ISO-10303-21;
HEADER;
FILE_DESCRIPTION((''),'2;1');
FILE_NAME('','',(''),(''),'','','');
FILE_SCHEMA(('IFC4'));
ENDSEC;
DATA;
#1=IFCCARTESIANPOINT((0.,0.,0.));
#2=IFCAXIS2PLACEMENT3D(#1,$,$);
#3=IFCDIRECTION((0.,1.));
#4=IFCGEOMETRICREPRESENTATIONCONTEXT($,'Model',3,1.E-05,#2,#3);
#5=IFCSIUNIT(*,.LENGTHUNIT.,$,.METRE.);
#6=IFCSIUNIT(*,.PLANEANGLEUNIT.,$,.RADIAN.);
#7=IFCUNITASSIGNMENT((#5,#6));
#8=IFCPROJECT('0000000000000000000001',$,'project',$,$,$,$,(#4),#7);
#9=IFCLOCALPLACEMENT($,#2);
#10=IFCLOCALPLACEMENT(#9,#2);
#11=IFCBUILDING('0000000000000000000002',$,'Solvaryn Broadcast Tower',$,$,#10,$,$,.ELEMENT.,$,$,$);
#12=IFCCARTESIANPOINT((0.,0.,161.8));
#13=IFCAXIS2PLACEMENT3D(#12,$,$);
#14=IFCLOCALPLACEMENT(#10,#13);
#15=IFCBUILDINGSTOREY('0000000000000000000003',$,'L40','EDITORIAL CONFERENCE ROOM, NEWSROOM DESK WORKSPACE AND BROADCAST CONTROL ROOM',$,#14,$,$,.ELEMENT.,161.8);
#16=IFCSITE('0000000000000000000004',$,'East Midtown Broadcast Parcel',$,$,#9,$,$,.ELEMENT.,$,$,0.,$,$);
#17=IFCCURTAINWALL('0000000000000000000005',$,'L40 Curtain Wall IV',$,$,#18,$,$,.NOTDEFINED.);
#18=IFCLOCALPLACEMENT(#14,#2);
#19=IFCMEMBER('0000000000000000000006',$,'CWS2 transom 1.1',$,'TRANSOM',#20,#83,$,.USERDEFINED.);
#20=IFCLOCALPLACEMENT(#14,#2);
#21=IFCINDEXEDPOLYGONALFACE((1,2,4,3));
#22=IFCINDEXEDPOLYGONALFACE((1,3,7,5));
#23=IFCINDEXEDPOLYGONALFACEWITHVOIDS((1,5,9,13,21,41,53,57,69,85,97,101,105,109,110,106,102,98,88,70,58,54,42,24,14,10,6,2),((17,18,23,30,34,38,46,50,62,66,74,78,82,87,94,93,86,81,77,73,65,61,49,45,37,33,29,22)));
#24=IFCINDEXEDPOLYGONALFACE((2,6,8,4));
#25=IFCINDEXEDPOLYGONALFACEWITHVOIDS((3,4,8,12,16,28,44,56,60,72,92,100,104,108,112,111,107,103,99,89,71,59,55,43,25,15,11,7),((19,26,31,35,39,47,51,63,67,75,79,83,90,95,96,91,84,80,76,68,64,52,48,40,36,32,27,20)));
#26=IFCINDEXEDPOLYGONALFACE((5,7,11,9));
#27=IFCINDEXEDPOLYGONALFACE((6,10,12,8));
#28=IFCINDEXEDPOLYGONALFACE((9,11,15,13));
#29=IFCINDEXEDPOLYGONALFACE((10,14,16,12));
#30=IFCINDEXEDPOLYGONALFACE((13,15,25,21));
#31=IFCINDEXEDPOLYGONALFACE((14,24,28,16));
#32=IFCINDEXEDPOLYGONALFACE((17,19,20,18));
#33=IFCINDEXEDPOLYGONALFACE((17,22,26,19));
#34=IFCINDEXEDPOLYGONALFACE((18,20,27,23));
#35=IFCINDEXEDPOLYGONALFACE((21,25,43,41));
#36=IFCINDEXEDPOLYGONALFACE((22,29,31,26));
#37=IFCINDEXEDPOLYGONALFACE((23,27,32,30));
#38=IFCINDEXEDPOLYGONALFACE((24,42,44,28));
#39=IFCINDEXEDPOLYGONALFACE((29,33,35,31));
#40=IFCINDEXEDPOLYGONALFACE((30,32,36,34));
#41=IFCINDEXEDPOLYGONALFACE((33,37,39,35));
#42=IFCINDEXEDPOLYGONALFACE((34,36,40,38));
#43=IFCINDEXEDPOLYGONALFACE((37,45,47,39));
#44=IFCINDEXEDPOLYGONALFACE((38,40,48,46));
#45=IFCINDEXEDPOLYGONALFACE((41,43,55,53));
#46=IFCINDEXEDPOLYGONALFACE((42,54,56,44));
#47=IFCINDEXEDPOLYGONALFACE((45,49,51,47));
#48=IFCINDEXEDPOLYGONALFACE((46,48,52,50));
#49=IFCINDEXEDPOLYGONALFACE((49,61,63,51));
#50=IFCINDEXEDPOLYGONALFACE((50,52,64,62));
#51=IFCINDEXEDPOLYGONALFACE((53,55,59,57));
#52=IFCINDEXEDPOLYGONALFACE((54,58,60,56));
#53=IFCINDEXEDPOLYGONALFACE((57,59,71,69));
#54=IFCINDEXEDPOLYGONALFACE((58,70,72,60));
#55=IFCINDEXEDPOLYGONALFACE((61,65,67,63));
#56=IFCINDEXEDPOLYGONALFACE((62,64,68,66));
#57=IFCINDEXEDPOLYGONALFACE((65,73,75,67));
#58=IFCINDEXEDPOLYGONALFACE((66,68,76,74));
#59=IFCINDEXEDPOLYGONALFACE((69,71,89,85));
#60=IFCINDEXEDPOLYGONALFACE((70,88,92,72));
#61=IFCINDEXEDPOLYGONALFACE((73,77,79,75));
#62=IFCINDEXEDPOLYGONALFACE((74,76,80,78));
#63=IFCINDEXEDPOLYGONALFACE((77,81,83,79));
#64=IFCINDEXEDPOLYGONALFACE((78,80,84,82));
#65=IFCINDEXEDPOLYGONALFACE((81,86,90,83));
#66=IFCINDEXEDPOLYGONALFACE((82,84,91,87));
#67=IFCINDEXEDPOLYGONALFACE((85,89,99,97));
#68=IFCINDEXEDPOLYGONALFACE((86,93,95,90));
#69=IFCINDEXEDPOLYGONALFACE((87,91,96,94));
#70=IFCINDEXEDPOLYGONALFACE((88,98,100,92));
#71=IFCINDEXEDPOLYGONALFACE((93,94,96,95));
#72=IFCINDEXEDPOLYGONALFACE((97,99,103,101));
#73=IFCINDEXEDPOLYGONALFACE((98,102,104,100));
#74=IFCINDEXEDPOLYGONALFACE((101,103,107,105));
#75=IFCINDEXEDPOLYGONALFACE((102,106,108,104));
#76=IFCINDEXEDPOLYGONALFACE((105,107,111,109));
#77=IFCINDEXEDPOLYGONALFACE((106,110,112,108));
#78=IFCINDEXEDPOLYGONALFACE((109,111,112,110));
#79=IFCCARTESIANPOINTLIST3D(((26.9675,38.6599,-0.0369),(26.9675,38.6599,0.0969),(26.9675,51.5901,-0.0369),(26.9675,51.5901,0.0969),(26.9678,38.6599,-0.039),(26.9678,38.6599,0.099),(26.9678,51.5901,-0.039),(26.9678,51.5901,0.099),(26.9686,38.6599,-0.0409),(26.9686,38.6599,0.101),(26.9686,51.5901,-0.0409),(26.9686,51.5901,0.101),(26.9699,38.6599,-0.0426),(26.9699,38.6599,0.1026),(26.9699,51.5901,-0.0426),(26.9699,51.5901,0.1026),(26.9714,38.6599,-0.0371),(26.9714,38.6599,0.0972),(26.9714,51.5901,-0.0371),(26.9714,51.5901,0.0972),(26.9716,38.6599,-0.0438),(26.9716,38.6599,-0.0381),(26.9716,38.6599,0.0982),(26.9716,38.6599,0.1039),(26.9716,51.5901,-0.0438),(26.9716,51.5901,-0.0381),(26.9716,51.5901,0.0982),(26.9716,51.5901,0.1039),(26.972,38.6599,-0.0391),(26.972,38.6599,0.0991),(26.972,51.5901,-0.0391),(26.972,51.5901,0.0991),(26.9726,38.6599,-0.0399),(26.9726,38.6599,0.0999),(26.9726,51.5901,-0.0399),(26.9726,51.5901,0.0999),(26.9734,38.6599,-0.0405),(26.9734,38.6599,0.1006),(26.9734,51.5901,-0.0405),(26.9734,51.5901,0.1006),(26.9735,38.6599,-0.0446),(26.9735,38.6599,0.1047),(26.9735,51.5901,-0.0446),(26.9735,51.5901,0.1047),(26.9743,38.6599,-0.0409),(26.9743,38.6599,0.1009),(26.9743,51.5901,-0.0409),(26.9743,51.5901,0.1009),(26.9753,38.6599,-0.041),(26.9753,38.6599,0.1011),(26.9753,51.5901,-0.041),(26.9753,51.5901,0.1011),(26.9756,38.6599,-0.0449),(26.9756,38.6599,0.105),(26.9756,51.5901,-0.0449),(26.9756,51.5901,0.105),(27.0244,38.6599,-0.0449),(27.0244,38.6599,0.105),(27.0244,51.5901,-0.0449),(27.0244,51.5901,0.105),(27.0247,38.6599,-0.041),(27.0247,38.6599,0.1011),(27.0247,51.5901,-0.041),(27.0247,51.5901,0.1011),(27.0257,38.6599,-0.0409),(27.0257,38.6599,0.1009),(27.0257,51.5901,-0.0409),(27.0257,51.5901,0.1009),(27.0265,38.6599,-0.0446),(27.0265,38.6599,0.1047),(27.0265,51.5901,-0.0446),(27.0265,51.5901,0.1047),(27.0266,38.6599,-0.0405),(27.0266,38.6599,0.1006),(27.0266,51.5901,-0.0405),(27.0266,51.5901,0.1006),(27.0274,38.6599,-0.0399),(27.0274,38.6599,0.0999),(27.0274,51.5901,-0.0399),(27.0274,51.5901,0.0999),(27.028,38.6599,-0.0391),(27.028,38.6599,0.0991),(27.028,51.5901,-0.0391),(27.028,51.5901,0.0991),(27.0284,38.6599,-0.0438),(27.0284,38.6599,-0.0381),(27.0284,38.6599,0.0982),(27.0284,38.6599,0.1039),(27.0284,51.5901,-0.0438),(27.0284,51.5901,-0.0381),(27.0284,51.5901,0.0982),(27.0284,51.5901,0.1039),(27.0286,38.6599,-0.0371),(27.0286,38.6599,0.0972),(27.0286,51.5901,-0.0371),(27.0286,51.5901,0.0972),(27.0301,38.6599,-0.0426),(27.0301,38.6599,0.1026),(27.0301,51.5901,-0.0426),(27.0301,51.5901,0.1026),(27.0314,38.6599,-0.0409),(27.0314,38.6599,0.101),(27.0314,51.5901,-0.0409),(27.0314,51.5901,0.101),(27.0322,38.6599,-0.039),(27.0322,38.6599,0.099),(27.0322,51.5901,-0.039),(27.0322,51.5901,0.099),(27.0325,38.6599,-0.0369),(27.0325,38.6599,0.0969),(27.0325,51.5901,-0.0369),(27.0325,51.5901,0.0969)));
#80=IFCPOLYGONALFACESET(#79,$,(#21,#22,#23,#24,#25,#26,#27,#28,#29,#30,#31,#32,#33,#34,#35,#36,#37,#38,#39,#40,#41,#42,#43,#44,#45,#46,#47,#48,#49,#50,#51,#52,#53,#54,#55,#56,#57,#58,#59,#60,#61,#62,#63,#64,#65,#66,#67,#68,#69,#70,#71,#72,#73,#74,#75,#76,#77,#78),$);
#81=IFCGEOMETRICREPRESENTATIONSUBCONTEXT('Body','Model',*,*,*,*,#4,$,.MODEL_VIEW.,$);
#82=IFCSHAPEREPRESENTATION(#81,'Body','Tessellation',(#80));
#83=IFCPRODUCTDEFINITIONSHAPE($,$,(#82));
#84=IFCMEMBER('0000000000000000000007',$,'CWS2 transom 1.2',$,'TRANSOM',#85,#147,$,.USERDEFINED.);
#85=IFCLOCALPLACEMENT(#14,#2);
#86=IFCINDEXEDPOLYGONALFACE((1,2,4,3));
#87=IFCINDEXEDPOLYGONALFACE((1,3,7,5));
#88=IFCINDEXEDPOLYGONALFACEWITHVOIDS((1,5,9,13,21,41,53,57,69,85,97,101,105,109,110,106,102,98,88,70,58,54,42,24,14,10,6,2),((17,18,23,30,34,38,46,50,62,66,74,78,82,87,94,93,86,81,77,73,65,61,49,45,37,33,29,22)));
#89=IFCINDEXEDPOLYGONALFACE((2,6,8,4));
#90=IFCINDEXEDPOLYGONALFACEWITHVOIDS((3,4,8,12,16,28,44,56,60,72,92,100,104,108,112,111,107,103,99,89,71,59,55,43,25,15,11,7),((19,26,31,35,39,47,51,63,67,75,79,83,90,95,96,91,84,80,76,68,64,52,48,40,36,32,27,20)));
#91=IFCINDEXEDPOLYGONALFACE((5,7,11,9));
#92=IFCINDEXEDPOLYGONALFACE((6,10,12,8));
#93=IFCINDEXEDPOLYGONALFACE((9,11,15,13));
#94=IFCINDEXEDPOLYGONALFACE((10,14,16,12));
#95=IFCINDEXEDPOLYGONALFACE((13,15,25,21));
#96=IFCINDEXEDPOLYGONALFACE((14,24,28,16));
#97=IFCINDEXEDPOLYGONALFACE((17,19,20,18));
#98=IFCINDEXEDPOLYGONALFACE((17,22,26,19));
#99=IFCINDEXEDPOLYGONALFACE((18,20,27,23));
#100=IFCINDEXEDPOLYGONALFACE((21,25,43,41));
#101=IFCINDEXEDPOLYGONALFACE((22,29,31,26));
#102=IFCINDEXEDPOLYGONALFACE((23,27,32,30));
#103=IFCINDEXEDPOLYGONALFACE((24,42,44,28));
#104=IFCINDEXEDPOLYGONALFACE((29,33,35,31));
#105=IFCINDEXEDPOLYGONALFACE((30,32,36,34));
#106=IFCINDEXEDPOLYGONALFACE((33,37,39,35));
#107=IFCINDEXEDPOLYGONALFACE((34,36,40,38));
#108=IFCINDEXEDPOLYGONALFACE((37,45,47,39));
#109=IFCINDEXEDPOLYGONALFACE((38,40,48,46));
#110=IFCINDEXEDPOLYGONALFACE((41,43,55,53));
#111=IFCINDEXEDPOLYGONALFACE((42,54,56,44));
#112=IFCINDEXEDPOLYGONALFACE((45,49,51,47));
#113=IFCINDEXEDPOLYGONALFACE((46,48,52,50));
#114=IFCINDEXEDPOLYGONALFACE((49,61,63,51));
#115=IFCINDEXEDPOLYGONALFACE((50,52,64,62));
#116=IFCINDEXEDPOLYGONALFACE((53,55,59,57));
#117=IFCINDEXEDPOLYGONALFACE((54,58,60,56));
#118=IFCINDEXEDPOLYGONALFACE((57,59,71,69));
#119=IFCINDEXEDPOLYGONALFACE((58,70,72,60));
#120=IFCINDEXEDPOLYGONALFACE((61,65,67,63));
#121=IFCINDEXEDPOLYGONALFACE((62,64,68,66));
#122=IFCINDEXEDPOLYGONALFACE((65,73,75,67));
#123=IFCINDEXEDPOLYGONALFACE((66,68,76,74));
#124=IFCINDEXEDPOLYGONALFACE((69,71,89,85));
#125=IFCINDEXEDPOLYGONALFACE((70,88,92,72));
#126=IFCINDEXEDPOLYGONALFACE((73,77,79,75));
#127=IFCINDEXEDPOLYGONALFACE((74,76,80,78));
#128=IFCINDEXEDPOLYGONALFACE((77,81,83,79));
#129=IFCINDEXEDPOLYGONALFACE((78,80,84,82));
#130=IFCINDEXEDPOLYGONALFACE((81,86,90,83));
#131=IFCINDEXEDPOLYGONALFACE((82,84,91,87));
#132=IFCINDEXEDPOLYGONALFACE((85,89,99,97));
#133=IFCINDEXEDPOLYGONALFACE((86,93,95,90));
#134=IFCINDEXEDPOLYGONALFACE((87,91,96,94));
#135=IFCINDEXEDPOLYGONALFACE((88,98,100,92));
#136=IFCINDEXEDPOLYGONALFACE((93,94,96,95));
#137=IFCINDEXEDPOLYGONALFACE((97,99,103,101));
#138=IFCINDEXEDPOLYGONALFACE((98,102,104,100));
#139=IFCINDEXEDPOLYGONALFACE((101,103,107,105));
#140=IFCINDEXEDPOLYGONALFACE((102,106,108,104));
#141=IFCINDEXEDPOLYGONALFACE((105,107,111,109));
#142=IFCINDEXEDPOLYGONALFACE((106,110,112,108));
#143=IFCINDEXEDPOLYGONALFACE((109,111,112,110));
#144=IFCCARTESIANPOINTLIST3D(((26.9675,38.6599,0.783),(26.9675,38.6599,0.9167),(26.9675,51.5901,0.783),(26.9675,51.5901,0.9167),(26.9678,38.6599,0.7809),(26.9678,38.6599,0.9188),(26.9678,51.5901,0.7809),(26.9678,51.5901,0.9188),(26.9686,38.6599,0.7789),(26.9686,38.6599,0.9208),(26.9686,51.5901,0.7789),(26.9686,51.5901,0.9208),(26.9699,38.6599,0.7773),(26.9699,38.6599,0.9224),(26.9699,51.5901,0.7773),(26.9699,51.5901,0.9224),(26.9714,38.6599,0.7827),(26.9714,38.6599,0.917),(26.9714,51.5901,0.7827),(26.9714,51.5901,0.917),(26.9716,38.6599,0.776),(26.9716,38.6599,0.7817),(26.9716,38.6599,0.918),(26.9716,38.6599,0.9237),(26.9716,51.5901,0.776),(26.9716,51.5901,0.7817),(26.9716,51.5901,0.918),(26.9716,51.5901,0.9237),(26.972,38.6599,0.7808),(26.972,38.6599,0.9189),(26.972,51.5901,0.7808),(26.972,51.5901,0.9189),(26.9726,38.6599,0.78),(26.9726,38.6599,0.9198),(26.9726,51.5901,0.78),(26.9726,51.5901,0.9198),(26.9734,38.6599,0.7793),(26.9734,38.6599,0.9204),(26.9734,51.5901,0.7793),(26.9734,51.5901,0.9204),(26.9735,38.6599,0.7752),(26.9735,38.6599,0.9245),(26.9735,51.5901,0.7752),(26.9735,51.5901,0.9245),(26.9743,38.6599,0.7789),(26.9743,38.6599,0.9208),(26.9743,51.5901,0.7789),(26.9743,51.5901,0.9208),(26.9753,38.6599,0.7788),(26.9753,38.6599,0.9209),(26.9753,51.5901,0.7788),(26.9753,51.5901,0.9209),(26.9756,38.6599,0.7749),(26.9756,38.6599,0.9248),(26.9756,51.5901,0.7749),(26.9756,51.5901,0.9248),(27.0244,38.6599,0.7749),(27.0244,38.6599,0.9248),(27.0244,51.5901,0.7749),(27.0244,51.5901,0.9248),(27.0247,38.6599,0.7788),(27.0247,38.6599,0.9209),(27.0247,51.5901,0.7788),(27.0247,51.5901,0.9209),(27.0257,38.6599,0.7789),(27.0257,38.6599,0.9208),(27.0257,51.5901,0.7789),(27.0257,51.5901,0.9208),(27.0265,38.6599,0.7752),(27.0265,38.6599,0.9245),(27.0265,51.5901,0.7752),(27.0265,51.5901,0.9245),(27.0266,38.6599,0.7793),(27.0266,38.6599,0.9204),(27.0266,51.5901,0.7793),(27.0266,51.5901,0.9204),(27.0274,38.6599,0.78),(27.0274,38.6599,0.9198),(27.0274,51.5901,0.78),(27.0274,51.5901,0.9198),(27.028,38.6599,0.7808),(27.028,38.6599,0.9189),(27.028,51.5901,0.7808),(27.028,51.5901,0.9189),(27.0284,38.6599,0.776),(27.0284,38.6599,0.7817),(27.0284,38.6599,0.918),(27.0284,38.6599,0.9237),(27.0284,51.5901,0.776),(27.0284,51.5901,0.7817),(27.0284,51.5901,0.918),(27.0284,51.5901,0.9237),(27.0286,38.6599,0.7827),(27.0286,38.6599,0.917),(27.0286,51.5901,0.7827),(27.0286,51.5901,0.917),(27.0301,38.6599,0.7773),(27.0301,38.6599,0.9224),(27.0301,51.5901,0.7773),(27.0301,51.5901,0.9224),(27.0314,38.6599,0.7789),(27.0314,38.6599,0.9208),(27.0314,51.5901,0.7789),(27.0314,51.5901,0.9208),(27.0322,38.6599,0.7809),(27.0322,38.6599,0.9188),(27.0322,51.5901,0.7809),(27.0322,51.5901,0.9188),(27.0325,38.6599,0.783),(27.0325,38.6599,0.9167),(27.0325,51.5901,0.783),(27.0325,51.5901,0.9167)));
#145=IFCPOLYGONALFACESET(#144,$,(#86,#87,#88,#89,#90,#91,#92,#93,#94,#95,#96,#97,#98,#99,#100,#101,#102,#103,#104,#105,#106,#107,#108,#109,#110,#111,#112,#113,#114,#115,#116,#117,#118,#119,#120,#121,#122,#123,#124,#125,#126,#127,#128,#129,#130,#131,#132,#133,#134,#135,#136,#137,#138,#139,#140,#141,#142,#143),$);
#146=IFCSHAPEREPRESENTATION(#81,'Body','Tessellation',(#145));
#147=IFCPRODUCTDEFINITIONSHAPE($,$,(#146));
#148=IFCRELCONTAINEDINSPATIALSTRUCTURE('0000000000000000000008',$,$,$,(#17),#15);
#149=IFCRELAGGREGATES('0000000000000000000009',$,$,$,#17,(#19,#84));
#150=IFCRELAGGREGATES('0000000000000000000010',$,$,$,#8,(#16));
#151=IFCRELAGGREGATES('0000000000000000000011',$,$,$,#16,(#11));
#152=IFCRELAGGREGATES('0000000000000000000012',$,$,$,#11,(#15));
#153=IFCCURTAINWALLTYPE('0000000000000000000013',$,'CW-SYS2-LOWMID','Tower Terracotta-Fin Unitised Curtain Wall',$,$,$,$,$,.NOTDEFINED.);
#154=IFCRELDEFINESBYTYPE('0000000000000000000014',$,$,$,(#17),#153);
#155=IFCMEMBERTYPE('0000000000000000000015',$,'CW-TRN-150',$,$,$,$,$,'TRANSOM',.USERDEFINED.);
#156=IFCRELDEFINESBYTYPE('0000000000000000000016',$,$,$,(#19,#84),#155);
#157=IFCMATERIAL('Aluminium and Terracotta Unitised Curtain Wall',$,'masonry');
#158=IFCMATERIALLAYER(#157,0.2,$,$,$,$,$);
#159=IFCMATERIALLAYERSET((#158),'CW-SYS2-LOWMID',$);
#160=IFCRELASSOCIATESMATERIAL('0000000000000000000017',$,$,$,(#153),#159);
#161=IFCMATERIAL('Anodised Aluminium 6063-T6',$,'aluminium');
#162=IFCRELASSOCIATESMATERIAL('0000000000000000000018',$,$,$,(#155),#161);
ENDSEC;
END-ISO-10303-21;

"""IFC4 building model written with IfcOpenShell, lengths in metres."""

from ifc_helpers import new_model, si_unit, direction, frame, origin, origin_2d, place, context, subcontext, project, spatial, hollow_rectangle, extrude, material, layer, layer_set, material_profile, profile_set, type_object, element, aggregate, save


model = new_model("IFC4")

# Units and contexts
model_context = context("Model", 3, precision=1e-05, world=origin(), true_north=direction((0.0, 1.0)))
body_context = subcontext(model_context, "Body", "Model", "MODEL_VIEW")
ifc_project = project(units=[si_unit("LENGTHUNIT", "METRE"), si_unit("PLANEANGLEUNIT", "RADIAN")], contexts=[model_context])

# Site, building, storey
site_placement = place(None, origin())
site = spatial("IfcSite", under=ifc_project, at=site_placement, Name="East Midtown Broadcast Parcel", CompositionType="ELEMENT", RefElevation=0.0)
building_placement = place(site_placement, origin())
building = spatial("IfcBuilding", under=site, at=building_placement, Name="Solvaryn Broadcast Tower", CompositionType="ELEMENT")
storey_placement = place(building_placement, frame((0.0, 0.0, 161.8)))
storey = spatial("IfcBuildingStorey", under=building, at=storey_placement, Name="L40", Description="EDITORIAL CONFERENCE ROOM, NEWSROOM DESK WORKSPACE AND BROADCAST CONTROL ROOM", CompositionType="ELEMENT", Elevation=161.8)

# Curtain wall
ifc_material_1 = material(Name="Aluminium and Terracotta Unitised Curtain Wall", Category="masonry")
ifc_layer_1 = layer(ifc_material_1, 0.2)
ifc_layer_set_1 = layer_set([ifc_layer_1], Name="CW-SYS2-LOWMID")
curtain_wall_type = type_object("IfcCurtainWallType", Name="CW-SYS2-LOWMID", Description="Tower Terracotta-Fin Unitised Curtain Wall", PredefinedType="NOTDEFINED", material=ifc_layer_set_1)
curtain_wall_1_placement = place(storey_placement, origin())
curtain_wall_1 = element("IfcCurtainWall", 1, at=curtain_wall_1_placement, inside=storey, type_object=curtain_wall_type, Name="L40 Curtain Wall IV", PredefinedType="NOTDEFINED")

# Members
ifc_material_2 = material(Name="Anodised Aluminium 6063-T6", Category="aluminium")
ifc_material_profile_1 = material_profile(ifc_material_2, hollow_rectangle(XDim=0.0649, YDim=0.1499, WallThickness=0.0039, InnerFilletRadius=0.0039, OuterFilletRadius=0.0081, at=origin_2d()))
ifc_profile_set_1 = profile_set([ifc_material_profile_1], Name="Anodised Aluminium 6063-T6")
member_type_1 = type_object("IfcMemberType", Name="CW-TRN-150", ElementType="TRANSOM", PredefinedType="USERDEFINED", material=ifc_profile_set_1)
member_1_placement = place(storey_placement, frame((27.0, 51.5901, 0.03), z_axis=(0.0, -1.0, 0.0), x_axis=(1.0, 0.0, 0.0)))
member_1 = element("IfcMember", 2, at=member_1_placement, type_object=member_type_1, Name="CWS2 transom 1.1", ObjectType="TRANSOM", PredefinedType="USERDEFINED", context=body_context, shape_type="SweptSolid", body=[
    extrude(hollow_rectangle(XDim=0.0649, YDim=0.1499, WallThickness=0.0039, InnerFilletRadius=0.0039, OuterFilletRadius=0.0081, at=origin_2d()), origin(), (0.0, 0.0, 1.0), 12.9302),
])
member_2_placement = place(storey_placement, frame((27.0, 51.5901, 0.8499), z_axis=(0.0, -1.0, 0.0), x_axis=(1.0, 0.0, 0.0)))
member_2 = element("IfcMember", 3, at=member_2_placement, type_object=member_type_1, Name="CWS2 transom 1.2", ObjectType="TRANSOM", PredefinedType="USERDEFINED", context=body_context, shape_type="SweptSolid", body=[
    extrude(hollow_rectangle(XDim=0.0649, YDim=0.1499, WallThickness=0.0039, InnerFilletRadius=0.0039, OuterFilletRadius=0.0081, at=origin_2d()), origin(), (0.0, 0.0, 1.0), 12.9302),
])

aggregate(curtain_wall_1, [member_1, member_2])

save(model, "model.ifc")
